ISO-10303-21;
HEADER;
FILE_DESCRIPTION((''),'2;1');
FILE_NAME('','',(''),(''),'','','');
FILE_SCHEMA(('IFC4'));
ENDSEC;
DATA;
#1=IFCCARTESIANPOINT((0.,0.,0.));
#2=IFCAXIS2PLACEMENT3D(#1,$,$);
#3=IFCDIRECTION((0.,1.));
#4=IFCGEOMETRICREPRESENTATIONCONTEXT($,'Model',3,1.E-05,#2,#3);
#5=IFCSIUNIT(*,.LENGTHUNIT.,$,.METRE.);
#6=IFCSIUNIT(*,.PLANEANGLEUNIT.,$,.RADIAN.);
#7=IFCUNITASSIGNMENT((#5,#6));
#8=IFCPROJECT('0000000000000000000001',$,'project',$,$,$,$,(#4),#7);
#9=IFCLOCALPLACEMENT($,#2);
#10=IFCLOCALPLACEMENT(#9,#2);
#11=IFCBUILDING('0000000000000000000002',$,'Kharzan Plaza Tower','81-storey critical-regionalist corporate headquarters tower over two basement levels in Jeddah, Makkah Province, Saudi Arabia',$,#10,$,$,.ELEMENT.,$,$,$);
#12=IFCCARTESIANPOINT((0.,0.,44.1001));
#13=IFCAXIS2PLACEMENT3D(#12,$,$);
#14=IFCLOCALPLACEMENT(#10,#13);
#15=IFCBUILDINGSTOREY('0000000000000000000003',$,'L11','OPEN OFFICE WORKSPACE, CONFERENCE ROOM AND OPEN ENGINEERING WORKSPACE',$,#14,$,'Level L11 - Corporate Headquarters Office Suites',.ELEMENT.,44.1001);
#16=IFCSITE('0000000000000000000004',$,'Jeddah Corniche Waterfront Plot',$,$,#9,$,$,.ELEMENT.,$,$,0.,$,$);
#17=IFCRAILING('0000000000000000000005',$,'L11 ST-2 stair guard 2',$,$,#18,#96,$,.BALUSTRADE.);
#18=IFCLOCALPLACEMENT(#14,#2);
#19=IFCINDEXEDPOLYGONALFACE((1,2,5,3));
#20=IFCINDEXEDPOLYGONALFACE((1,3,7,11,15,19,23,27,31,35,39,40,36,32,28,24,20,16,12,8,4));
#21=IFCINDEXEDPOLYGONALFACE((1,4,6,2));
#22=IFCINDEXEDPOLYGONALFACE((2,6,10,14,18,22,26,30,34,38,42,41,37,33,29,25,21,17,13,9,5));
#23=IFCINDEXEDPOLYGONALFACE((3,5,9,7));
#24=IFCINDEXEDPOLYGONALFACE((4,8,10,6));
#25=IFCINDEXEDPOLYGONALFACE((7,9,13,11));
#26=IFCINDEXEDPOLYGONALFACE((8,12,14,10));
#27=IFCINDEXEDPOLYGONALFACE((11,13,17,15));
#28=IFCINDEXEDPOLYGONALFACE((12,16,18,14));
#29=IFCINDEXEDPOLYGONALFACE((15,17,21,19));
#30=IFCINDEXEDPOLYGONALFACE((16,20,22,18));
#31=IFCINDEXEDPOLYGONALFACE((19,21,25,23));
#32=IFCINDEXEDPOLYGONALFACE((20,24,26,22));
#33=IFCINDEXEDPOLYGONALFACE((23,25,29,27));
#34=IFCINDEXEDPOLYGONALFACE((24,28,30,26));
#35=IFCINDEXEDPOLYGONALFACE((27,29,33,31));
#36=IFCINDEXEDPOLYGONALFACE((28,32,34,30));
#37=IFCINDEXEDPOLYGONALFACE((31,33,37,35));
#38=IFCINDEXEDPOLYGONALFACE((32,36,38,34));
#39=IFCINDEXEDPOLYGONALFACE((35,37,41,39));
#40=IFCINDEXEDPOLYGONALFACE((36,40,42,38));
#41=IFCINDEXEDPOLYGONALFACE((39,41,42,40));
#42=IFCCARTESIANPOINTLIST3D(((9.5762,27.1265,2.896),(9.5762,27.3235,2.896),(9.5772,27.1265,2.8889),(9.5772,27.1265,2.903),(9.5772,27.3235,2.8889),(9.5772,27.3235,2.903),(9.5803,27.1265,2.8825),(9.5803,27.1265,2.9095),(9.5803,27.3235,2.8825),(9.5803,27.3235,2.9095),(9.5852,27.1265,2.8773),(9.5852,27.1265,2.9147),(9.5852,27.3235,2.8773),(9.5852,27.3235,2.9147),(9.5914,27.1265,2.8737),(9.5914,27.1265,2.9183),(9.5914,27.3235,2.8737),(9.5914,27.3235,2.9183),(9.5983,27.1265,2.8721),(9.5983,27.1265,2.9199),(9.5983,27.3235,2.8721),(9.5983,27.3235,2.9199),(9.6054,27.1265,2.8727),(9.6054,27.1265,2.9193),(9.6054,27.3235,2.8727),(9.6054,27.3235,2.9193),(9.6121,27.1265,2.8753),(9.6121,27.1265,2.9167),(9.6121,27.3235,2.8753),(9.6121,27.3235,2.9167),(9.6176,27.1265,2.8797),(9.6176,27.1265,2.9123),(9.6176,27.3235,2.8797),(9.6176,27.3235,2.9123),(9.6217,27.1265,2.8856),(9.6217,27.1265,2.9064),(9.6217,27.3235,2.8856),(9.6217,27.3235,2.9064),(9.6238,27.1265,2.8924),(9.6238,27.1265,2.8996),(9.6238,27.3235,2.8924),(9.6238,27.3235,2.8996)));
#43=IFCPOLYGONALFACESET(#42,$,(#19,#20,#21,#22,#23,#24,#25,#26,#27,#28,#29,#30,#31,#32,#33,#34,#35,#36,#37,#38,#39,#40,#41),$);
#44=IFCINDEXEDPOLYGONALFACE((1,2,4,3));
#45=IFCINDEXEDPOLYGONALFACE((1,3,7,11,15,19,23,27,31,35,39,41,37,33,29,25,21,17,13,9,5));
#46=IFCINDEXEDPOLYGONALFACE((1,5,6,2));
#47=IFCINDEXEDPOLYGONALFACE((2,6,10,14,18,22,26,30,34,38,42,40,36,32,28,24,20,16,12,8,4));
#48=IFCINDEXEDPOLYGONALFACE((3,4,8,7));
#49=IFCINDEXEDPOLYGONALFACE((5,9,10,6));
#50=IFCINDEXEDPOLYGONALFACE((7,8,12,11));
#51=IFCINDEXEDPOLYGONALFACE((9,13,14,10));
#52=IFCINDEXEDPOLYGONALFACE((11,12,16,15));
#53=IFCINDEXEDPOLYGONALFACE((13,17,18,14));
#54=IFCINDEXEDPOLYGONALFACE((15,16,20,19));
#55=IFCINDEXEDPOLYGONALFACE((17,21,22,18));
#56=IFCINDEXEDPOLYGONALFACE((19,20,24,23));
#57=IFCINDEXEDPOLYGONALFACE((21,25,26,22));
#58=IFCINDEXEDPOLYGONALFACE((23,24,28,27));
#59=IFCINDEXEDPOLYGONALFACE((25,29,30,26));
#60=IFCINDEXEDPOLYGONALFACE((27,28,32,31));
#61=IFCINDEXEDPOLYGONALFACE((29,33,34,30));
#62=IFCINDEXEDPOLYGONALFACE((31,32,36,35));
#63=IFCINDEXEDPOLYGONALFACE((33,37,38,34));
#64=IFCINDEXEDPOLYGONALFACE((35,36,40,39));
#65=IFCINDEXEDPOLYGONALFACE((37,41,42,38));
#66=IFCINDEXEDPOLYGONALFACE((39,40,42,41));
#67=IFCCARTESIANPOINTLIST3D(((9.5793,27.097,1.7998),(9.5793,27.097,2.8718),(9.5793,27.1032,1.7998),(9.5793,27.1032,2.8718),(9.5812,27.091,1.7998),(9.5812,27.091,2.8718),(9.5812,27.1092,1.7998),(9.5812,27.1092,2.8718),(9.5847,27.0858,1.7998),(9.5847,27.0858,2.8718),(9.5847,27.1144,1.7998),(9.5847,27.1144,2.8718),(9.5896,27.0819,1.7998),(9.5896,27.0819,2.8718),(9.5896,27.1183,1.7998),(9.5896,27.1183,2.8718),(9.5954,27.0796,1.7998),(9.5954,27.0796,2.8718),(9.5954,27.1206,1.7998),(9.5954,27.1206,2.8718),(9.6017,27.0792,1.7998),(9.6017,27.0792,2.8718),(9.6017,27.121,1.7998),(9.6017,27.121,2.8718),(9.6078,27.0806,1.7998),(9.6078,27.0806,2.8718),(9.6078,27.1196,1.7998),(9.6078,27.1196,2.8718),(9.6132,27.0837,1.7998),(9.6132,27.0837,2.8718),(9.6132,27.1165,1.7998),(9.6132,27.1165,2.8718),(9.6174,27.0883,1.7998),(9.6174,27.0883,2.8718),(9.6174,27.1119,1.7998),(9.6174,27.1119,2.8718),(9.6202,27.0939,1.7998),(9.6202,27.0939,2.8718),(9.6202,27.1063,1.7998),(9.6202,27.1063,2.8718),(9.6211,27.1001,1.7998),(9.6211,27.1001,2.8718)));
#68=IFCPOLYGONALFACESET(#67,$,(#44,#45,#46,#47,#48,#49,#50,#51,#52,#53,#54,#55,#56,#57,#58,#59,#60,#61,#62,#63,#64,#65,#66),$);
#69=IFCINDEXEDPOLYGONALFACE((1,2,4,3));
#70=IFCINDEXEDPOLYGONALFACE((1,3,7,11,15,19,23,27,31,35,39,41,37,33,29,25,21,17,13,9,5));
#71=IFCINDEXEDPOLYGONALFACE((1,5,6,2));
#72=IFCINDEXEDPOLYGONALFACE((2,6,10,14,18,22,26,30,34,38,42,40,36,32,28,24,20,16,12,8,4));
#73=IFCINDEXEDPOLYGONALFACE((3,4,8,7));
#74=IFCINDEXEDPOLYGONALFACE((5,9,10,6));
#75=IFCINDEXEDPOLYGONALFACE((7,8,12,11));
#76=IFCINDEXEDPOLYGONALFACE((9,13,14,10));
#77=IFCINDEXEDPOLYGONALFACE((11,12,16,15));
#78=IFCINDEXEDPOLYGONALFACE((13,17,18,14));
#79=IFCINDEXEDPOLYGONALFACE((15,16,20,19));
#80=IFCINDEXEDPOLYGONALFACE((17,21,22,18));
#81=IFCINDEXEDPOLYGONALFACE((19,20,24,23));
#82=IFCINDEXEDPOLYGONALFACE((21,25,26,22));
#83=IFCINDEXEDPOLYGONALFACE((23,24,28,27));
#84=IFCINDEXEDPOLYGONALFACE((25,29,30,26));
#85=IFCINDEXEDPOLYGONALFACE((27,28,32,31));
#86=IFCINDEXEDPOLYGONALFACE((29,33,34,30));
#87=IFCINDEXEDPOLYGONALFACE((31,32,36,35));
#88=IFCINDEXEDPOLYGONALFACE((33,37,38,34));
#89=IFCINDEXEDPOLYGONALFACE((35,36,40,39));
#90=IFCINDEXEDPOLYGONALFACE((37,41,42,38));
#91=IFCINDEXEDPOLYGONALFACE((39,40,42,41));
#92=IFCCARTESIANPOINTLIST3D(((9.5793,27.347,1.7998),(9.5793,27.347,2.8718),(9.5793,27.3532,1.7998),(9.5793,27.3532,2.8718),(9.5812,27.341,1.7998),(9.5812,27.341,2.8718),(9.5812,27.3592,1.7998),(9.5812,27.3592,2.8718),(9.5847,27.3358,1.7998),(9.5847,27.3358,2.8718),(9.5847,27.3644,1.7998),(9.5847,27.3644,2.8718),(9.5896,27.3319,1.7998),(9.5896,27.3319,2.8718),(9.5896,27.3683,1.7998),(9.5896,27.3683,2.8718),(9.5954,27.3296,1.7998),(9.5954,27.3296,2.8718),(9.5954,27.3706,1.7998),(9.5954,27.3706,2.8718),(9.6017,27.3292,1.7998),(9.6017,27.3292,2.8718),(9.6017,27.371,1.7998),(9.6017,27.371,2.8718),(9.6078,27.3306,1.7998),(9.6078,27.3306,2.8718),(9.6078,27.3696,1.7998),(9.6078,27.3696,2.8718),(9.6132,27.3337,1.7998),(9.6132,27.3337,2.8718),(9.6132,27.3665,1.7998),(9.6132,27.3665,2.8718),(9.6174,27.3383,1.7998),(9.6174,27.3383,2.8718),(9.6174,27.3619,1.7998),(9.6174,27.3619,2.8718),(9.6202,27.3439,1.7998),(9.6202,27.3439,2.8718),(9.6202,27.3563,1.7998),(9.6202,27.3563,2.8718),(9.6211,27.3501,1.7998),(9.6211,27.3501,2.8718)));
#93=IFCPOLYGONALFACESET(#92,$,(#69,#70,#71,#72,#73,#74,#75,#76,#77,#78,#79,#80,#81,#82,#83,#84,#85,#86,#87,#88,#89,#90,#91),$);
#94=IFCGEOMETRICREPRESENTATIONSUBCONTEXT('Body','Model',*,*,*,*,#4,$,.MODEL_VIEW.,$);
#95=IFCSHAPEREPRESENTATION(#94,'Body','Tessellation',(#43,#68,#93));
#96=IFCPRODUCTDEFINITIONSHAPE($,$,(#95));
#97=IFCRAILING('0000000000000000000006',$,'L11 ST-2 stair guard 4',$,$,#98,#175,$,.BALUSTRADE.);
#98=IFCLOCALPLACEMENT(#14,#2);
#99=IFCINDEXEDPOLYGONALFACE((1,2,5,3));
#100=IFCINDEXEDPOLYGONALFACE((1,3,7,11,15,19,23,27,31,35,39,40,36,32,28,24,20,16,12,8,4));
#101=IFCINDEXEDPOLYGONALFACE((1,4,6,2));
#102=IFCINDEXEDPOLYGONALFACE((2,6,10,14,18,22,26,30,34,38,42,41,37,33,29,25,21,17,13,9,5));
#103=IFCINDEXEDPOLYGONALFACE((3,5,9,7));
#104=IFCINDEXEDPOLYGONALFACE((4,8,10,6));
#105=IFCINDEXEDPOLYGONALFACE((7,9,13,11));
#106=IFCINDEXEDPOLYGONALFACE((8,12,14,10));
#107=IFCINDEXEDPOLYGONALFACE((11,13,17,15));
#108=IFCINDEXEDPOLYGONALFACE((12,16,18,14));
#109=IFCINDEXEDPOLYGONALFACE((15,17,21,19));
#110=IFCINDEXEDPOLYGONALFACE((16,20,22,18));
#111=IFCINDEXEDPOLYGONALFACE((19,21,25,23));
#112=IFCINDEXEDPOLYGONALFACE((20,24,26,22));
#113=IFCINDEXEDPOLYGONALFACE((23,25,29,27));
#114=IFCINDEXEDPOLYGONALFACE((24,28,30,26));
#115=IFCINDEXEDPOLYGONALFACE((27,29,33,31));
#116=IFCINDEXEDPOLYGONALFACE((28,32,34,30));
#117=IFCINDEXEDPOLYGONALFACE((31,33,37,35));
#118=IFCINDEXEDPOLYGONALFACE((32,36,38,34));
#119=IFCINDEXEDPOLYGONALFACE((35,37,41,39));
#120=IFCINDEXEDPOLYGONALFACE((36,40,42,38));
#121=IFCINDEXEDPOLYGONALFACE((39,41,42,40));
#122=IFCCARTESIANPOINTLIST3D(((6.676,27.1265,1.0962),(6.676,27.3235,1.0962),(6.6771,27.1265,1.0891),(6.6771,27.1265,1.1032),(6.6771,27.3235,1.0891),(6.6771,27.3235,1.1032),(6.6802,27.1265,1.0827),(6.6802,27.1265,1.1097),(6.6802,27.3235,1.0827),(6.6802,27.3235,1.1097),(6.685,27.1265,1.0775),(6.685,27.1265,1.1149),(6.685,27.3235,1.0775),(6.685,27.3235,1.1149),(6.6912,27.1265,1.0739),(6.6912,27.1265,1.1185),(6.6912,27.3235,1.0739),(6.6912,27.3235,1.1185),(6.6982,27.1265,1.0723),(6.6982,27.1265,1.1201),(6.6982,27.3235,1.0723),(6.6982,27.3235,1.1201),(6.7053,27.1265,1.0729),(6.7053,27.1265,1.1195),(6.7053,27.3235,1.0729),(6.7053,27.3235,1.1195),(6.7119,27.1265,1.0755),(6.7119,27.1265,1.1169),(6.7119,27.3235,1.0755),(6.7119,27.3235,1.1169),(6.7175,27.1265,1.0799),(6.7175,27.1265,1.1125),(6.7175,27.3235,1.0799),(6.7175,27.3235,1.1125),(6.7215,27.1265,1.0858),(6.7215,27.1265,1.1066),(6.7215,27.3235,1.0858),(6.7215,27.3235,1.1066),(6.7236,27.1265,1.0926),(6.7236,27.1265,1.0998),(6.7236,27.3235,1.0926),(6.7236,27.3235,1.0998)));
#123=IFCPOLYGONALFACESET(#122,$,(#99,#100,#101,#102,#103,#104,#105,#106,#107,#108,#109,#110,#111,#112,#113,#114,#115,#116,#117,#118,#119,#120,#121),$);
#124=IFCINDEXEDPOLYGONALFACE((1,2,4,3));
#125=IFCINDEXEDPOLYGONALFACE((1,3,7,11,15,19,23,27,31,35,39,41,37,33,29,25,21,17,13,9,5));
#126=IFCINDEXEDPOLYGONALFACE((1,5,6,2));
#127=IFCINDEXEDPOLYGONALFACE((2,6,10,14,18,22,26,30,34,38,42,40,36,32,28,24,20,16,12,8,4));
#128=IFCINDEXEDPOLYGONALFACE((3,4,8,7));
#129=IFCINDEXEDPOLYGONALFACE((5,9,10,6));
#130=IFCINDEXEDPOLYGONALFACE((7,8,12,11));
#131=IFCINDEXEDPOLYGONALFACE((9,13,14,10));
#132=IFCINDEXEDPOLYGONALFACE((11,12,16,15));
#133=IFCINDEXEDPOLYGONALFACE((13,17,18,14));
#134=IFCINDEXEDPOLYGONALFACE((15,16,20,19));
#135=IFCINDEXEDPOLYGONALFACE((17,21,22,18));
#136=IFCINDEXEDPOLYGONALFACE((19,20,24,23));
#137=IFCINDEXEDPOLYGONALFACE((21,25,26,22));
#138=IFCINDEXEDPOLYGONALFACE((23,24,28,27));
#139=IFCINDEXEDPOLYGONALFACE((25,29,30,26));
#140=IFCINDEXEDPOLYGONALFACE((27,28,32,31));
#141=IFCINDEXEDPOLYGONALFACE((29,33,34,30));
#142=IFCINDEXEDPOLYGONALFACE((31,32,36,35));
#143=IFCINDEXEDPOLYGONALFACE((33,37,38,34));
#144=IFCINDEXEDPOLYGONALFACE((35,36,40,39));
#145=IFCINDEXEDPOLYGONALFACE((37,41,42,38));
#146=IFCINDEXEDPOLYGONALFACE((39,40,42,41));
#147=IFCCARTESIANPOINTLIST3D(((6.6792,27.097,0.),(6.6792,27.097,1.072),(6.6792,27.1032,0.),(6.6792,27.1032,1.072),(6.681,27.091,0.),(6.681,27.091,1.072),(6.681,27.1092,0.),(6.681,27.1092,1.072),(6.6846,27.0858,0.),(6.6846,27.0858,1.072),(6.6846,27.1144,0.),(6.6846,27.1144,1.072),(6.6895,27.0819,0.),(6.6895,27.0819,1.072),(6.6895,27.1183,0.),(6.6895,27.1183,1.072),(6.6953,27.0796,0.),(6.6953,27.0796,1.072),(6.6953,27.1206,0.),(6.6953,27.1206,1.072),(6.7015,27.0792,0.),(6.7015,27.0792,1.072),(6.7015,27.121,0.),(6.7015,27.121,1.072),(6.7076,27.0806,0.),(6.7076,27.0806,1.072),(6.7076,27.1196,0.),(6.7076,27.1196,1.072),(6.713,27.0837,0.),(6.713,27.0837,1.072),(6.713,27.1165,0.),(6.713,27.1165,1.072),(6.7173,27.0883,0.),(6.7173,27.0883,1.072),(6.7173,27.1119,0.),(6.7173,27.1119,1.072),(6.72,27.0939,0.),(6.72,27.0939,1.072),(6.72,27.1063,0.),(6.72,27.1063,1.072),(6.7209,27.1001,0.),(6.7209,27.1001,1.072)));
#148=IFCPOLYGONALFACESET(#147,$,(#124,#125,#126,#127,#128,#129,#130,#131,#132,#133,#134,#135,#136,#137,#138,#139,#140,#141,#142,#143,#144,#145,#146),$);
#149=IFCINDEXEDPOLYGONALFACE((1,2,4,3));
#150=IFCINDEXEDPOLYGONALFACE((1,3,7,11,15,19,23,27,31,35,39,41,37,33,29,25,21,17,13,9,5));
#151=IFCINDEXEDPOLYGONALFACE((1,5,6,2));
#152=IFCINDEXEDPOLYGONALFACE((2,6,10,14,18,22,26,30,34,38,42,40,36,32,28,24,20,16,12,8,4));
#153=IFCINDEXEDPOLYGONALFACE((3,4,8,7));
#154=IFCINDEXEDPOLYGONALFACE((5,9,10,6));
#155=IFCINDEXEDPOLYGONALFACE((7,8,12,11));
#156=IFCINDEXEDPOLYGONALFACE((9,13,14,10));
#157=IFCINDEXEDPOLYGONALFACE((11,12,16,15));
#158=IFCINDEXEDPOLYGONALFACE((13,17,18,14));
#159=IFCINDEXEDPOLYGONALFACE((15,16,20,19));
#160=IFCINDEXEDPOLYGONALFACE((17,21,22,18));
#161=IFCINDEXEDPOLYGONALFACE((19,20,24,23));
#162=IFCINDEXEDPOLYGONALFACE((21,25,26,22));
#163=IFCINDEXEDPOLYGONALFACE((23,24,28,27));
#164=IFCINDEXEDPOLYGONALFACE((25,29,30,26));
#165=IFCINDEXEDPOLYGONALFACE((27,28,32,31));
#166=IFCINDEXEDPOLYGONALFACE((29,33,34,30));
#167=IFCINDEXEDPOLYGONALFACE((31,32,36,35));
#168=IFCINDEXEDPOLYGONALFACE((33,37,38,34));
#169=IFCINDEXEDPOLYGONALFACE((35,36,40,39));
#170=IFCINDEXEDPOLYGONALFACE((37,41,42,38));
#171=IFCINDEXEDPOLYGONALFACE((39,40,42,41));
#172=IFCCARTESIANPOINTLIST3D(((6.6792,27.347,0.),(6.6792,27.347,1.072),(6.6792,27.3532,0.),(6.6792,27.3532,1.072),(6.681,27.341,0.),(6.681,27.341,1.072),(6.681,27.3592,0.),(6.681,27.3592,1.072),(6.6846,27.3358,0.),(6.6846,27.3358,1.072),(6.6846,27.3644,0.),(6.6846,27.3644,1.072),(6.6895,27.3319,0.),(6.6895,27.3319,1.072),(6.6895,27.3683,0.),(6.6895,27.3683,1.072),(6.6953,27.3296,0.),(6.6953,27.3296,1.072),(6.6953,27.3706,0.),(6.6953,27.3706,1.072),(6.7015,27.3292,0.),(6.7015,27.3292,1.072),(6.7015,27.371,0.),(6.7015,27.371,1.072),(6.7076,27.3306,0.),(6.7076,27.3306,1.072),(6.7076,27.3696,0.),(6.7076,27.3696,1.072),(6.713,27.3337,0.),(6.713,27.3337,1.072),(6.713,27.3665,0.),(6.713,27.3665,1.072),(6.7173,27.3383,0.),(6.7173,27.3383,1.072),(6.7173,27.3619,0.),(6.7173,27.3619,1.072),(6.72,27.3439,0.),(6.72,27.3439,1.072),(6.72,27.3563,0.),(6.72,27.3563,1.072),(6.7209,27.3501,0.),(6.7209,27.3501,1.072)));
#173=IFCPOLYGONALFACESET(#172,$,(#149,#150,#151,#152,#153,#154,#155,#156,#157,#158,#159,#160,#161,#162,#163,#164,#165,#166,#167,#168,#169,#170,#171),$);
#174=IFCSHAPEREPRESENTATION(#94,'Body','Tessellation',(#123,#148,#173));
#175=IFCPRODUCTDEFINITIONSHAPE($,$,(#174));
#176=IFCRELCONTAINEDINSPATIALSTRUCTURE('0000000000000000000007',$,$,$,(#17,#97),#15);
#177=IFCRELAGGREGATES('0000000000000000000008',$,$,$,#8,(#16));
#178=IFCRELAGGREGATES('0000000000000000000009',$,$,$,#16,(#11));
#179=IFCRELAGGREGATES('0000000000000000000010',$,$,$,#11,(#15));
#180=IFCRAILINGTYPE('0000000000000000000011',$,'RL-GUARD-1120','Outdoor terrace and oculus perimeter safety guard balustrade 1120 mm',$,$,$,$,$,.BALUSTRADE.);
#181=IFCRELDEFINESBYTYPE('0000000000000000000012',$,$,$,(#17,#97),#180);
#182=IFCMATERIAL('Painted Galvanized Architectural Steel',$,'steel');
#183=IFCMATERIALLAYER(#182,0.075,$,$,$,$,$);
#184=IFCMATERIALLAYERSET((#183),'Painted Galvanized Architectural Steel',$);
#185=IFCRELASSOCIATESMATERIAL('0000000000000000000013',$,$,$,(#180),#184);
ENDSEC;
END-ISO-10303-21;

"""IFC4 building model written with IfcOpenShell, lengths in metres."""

from ifc_helpers import new_model, si_unit, direction, frame, origin, origin_2d, place, context, subcontext, project, spatial, circle, extrude, source, transform, mapped, material, layer, layer_set, type_object, element, save


model = new_model("IFC4")

# Units and contexts
model_context = context("Model", 3, precision=1e-05, world=origin(), true_north=direction((0.0, 1.0)))
body_context = subcontext(model_context, "Body", "Model", "MODEL_VIEW")
ifc_project = project(units=[si_unit("LENGTHUNIT", "METRE"), si_unit("PLANEANGLEUNIT", "RADIAN")], contexts=[model_context])

# Site, building, storey
site_placement = place(None, origin())
site = spatial("IfcSite", under=ifc_project, at=site_placement, Name="Jeddah Corniche Waterfront Plot", CompositionType="ELEMENT", RefElevation=0.0)
building_placement = place(site_placement, origin())
building = spatial("IfcBuilding", under=site, at=building_placement, Name="Kharzan Plaza Tower", Description="81-storey critical-regionalist corporate headquarters tower over two basement levels in Jeddah, Makkah Province, Saudi Arabia", CompositionType="ELEMENT")
storey_placement = place(building_placement, frame((0.0, 0.0, 44.1001)))
storey = spatial("IfcBuildingStorey", under=building, at=storey_placement, Name="L11", Description="OPEN OFFICE WORKSPACE, CONFERENCE ROOM AND OPEN ENGINEERING WORKSPACE", LongName="Level L11 - Corporate Headquarters Office Suites", CompositionType="ELEMENT", Elevation=44.1001)

# Railings
ifc_material_1 = material(Name="Painted Galvanized Architectural Steel", Category="steel")
ifc_layer_1 = layer(ifc_material_1, 0.075)
ifc_layer_set_1 = layer_set([ifc_layer_1], Name="Painted Galvanized Architectural Steel")
railing_type_1 = type_object("IfcRailingType", Name="RL-GUARD-1120", Description="Outdoor terrace and oculus perimeter safety guard balustrade 1120 mm", PredefinedType="BALUSTRADE", material=ifc_layer_set_1)
shared_shape_1 = source(origin(), body_context, "Body", "SweptSolid", [
    extrude(circle(Radius=0.0239, at=origin_2d()), frame((0.0, 0.0264, 1.0962), z_axis=(0.0, 1.0, 0.0), x_axis=(-1.0, 0.0, 0.0)), (0.0, 0.0, 1.0), 0.197),
    extrude(circle(Radius=0.021, at=origin_2d()), origin(), (0.0, 0.0, 1.0), 1.072),
    extrude(circle(Radius=0.021, at=origin_2d()), frame((0.0, 0.25, 0.0)), (0.0, 0.0, 1.0), 1.072),
])
for number, where, name in (
    (1, (9.6001, 27.1001, 1.7998), "L11 ST-2 stair guard 2"),
    (2, (6.7, 27.1001, 0.0), "L11 ST-2 stair guard 4"),
):
    element("IfcRailing", number, at=place(storey_placement, frame(where)), inside=storey, type_object=railing_type_1, Name=name, PredefinedType="BALUSTRADE", context=body_context, shape_type="MappedRepresentation", body=[
        mapped(shared_shape_1, transform((0.0, 0.0, 0.0), x_axis=(1.0, 0.0, 0.0), y_axis=(0.0, 1.0, 0.0), z_axis=(0.0, 0.0, 1.0))),
    ])

save(model, "model.ifc")
